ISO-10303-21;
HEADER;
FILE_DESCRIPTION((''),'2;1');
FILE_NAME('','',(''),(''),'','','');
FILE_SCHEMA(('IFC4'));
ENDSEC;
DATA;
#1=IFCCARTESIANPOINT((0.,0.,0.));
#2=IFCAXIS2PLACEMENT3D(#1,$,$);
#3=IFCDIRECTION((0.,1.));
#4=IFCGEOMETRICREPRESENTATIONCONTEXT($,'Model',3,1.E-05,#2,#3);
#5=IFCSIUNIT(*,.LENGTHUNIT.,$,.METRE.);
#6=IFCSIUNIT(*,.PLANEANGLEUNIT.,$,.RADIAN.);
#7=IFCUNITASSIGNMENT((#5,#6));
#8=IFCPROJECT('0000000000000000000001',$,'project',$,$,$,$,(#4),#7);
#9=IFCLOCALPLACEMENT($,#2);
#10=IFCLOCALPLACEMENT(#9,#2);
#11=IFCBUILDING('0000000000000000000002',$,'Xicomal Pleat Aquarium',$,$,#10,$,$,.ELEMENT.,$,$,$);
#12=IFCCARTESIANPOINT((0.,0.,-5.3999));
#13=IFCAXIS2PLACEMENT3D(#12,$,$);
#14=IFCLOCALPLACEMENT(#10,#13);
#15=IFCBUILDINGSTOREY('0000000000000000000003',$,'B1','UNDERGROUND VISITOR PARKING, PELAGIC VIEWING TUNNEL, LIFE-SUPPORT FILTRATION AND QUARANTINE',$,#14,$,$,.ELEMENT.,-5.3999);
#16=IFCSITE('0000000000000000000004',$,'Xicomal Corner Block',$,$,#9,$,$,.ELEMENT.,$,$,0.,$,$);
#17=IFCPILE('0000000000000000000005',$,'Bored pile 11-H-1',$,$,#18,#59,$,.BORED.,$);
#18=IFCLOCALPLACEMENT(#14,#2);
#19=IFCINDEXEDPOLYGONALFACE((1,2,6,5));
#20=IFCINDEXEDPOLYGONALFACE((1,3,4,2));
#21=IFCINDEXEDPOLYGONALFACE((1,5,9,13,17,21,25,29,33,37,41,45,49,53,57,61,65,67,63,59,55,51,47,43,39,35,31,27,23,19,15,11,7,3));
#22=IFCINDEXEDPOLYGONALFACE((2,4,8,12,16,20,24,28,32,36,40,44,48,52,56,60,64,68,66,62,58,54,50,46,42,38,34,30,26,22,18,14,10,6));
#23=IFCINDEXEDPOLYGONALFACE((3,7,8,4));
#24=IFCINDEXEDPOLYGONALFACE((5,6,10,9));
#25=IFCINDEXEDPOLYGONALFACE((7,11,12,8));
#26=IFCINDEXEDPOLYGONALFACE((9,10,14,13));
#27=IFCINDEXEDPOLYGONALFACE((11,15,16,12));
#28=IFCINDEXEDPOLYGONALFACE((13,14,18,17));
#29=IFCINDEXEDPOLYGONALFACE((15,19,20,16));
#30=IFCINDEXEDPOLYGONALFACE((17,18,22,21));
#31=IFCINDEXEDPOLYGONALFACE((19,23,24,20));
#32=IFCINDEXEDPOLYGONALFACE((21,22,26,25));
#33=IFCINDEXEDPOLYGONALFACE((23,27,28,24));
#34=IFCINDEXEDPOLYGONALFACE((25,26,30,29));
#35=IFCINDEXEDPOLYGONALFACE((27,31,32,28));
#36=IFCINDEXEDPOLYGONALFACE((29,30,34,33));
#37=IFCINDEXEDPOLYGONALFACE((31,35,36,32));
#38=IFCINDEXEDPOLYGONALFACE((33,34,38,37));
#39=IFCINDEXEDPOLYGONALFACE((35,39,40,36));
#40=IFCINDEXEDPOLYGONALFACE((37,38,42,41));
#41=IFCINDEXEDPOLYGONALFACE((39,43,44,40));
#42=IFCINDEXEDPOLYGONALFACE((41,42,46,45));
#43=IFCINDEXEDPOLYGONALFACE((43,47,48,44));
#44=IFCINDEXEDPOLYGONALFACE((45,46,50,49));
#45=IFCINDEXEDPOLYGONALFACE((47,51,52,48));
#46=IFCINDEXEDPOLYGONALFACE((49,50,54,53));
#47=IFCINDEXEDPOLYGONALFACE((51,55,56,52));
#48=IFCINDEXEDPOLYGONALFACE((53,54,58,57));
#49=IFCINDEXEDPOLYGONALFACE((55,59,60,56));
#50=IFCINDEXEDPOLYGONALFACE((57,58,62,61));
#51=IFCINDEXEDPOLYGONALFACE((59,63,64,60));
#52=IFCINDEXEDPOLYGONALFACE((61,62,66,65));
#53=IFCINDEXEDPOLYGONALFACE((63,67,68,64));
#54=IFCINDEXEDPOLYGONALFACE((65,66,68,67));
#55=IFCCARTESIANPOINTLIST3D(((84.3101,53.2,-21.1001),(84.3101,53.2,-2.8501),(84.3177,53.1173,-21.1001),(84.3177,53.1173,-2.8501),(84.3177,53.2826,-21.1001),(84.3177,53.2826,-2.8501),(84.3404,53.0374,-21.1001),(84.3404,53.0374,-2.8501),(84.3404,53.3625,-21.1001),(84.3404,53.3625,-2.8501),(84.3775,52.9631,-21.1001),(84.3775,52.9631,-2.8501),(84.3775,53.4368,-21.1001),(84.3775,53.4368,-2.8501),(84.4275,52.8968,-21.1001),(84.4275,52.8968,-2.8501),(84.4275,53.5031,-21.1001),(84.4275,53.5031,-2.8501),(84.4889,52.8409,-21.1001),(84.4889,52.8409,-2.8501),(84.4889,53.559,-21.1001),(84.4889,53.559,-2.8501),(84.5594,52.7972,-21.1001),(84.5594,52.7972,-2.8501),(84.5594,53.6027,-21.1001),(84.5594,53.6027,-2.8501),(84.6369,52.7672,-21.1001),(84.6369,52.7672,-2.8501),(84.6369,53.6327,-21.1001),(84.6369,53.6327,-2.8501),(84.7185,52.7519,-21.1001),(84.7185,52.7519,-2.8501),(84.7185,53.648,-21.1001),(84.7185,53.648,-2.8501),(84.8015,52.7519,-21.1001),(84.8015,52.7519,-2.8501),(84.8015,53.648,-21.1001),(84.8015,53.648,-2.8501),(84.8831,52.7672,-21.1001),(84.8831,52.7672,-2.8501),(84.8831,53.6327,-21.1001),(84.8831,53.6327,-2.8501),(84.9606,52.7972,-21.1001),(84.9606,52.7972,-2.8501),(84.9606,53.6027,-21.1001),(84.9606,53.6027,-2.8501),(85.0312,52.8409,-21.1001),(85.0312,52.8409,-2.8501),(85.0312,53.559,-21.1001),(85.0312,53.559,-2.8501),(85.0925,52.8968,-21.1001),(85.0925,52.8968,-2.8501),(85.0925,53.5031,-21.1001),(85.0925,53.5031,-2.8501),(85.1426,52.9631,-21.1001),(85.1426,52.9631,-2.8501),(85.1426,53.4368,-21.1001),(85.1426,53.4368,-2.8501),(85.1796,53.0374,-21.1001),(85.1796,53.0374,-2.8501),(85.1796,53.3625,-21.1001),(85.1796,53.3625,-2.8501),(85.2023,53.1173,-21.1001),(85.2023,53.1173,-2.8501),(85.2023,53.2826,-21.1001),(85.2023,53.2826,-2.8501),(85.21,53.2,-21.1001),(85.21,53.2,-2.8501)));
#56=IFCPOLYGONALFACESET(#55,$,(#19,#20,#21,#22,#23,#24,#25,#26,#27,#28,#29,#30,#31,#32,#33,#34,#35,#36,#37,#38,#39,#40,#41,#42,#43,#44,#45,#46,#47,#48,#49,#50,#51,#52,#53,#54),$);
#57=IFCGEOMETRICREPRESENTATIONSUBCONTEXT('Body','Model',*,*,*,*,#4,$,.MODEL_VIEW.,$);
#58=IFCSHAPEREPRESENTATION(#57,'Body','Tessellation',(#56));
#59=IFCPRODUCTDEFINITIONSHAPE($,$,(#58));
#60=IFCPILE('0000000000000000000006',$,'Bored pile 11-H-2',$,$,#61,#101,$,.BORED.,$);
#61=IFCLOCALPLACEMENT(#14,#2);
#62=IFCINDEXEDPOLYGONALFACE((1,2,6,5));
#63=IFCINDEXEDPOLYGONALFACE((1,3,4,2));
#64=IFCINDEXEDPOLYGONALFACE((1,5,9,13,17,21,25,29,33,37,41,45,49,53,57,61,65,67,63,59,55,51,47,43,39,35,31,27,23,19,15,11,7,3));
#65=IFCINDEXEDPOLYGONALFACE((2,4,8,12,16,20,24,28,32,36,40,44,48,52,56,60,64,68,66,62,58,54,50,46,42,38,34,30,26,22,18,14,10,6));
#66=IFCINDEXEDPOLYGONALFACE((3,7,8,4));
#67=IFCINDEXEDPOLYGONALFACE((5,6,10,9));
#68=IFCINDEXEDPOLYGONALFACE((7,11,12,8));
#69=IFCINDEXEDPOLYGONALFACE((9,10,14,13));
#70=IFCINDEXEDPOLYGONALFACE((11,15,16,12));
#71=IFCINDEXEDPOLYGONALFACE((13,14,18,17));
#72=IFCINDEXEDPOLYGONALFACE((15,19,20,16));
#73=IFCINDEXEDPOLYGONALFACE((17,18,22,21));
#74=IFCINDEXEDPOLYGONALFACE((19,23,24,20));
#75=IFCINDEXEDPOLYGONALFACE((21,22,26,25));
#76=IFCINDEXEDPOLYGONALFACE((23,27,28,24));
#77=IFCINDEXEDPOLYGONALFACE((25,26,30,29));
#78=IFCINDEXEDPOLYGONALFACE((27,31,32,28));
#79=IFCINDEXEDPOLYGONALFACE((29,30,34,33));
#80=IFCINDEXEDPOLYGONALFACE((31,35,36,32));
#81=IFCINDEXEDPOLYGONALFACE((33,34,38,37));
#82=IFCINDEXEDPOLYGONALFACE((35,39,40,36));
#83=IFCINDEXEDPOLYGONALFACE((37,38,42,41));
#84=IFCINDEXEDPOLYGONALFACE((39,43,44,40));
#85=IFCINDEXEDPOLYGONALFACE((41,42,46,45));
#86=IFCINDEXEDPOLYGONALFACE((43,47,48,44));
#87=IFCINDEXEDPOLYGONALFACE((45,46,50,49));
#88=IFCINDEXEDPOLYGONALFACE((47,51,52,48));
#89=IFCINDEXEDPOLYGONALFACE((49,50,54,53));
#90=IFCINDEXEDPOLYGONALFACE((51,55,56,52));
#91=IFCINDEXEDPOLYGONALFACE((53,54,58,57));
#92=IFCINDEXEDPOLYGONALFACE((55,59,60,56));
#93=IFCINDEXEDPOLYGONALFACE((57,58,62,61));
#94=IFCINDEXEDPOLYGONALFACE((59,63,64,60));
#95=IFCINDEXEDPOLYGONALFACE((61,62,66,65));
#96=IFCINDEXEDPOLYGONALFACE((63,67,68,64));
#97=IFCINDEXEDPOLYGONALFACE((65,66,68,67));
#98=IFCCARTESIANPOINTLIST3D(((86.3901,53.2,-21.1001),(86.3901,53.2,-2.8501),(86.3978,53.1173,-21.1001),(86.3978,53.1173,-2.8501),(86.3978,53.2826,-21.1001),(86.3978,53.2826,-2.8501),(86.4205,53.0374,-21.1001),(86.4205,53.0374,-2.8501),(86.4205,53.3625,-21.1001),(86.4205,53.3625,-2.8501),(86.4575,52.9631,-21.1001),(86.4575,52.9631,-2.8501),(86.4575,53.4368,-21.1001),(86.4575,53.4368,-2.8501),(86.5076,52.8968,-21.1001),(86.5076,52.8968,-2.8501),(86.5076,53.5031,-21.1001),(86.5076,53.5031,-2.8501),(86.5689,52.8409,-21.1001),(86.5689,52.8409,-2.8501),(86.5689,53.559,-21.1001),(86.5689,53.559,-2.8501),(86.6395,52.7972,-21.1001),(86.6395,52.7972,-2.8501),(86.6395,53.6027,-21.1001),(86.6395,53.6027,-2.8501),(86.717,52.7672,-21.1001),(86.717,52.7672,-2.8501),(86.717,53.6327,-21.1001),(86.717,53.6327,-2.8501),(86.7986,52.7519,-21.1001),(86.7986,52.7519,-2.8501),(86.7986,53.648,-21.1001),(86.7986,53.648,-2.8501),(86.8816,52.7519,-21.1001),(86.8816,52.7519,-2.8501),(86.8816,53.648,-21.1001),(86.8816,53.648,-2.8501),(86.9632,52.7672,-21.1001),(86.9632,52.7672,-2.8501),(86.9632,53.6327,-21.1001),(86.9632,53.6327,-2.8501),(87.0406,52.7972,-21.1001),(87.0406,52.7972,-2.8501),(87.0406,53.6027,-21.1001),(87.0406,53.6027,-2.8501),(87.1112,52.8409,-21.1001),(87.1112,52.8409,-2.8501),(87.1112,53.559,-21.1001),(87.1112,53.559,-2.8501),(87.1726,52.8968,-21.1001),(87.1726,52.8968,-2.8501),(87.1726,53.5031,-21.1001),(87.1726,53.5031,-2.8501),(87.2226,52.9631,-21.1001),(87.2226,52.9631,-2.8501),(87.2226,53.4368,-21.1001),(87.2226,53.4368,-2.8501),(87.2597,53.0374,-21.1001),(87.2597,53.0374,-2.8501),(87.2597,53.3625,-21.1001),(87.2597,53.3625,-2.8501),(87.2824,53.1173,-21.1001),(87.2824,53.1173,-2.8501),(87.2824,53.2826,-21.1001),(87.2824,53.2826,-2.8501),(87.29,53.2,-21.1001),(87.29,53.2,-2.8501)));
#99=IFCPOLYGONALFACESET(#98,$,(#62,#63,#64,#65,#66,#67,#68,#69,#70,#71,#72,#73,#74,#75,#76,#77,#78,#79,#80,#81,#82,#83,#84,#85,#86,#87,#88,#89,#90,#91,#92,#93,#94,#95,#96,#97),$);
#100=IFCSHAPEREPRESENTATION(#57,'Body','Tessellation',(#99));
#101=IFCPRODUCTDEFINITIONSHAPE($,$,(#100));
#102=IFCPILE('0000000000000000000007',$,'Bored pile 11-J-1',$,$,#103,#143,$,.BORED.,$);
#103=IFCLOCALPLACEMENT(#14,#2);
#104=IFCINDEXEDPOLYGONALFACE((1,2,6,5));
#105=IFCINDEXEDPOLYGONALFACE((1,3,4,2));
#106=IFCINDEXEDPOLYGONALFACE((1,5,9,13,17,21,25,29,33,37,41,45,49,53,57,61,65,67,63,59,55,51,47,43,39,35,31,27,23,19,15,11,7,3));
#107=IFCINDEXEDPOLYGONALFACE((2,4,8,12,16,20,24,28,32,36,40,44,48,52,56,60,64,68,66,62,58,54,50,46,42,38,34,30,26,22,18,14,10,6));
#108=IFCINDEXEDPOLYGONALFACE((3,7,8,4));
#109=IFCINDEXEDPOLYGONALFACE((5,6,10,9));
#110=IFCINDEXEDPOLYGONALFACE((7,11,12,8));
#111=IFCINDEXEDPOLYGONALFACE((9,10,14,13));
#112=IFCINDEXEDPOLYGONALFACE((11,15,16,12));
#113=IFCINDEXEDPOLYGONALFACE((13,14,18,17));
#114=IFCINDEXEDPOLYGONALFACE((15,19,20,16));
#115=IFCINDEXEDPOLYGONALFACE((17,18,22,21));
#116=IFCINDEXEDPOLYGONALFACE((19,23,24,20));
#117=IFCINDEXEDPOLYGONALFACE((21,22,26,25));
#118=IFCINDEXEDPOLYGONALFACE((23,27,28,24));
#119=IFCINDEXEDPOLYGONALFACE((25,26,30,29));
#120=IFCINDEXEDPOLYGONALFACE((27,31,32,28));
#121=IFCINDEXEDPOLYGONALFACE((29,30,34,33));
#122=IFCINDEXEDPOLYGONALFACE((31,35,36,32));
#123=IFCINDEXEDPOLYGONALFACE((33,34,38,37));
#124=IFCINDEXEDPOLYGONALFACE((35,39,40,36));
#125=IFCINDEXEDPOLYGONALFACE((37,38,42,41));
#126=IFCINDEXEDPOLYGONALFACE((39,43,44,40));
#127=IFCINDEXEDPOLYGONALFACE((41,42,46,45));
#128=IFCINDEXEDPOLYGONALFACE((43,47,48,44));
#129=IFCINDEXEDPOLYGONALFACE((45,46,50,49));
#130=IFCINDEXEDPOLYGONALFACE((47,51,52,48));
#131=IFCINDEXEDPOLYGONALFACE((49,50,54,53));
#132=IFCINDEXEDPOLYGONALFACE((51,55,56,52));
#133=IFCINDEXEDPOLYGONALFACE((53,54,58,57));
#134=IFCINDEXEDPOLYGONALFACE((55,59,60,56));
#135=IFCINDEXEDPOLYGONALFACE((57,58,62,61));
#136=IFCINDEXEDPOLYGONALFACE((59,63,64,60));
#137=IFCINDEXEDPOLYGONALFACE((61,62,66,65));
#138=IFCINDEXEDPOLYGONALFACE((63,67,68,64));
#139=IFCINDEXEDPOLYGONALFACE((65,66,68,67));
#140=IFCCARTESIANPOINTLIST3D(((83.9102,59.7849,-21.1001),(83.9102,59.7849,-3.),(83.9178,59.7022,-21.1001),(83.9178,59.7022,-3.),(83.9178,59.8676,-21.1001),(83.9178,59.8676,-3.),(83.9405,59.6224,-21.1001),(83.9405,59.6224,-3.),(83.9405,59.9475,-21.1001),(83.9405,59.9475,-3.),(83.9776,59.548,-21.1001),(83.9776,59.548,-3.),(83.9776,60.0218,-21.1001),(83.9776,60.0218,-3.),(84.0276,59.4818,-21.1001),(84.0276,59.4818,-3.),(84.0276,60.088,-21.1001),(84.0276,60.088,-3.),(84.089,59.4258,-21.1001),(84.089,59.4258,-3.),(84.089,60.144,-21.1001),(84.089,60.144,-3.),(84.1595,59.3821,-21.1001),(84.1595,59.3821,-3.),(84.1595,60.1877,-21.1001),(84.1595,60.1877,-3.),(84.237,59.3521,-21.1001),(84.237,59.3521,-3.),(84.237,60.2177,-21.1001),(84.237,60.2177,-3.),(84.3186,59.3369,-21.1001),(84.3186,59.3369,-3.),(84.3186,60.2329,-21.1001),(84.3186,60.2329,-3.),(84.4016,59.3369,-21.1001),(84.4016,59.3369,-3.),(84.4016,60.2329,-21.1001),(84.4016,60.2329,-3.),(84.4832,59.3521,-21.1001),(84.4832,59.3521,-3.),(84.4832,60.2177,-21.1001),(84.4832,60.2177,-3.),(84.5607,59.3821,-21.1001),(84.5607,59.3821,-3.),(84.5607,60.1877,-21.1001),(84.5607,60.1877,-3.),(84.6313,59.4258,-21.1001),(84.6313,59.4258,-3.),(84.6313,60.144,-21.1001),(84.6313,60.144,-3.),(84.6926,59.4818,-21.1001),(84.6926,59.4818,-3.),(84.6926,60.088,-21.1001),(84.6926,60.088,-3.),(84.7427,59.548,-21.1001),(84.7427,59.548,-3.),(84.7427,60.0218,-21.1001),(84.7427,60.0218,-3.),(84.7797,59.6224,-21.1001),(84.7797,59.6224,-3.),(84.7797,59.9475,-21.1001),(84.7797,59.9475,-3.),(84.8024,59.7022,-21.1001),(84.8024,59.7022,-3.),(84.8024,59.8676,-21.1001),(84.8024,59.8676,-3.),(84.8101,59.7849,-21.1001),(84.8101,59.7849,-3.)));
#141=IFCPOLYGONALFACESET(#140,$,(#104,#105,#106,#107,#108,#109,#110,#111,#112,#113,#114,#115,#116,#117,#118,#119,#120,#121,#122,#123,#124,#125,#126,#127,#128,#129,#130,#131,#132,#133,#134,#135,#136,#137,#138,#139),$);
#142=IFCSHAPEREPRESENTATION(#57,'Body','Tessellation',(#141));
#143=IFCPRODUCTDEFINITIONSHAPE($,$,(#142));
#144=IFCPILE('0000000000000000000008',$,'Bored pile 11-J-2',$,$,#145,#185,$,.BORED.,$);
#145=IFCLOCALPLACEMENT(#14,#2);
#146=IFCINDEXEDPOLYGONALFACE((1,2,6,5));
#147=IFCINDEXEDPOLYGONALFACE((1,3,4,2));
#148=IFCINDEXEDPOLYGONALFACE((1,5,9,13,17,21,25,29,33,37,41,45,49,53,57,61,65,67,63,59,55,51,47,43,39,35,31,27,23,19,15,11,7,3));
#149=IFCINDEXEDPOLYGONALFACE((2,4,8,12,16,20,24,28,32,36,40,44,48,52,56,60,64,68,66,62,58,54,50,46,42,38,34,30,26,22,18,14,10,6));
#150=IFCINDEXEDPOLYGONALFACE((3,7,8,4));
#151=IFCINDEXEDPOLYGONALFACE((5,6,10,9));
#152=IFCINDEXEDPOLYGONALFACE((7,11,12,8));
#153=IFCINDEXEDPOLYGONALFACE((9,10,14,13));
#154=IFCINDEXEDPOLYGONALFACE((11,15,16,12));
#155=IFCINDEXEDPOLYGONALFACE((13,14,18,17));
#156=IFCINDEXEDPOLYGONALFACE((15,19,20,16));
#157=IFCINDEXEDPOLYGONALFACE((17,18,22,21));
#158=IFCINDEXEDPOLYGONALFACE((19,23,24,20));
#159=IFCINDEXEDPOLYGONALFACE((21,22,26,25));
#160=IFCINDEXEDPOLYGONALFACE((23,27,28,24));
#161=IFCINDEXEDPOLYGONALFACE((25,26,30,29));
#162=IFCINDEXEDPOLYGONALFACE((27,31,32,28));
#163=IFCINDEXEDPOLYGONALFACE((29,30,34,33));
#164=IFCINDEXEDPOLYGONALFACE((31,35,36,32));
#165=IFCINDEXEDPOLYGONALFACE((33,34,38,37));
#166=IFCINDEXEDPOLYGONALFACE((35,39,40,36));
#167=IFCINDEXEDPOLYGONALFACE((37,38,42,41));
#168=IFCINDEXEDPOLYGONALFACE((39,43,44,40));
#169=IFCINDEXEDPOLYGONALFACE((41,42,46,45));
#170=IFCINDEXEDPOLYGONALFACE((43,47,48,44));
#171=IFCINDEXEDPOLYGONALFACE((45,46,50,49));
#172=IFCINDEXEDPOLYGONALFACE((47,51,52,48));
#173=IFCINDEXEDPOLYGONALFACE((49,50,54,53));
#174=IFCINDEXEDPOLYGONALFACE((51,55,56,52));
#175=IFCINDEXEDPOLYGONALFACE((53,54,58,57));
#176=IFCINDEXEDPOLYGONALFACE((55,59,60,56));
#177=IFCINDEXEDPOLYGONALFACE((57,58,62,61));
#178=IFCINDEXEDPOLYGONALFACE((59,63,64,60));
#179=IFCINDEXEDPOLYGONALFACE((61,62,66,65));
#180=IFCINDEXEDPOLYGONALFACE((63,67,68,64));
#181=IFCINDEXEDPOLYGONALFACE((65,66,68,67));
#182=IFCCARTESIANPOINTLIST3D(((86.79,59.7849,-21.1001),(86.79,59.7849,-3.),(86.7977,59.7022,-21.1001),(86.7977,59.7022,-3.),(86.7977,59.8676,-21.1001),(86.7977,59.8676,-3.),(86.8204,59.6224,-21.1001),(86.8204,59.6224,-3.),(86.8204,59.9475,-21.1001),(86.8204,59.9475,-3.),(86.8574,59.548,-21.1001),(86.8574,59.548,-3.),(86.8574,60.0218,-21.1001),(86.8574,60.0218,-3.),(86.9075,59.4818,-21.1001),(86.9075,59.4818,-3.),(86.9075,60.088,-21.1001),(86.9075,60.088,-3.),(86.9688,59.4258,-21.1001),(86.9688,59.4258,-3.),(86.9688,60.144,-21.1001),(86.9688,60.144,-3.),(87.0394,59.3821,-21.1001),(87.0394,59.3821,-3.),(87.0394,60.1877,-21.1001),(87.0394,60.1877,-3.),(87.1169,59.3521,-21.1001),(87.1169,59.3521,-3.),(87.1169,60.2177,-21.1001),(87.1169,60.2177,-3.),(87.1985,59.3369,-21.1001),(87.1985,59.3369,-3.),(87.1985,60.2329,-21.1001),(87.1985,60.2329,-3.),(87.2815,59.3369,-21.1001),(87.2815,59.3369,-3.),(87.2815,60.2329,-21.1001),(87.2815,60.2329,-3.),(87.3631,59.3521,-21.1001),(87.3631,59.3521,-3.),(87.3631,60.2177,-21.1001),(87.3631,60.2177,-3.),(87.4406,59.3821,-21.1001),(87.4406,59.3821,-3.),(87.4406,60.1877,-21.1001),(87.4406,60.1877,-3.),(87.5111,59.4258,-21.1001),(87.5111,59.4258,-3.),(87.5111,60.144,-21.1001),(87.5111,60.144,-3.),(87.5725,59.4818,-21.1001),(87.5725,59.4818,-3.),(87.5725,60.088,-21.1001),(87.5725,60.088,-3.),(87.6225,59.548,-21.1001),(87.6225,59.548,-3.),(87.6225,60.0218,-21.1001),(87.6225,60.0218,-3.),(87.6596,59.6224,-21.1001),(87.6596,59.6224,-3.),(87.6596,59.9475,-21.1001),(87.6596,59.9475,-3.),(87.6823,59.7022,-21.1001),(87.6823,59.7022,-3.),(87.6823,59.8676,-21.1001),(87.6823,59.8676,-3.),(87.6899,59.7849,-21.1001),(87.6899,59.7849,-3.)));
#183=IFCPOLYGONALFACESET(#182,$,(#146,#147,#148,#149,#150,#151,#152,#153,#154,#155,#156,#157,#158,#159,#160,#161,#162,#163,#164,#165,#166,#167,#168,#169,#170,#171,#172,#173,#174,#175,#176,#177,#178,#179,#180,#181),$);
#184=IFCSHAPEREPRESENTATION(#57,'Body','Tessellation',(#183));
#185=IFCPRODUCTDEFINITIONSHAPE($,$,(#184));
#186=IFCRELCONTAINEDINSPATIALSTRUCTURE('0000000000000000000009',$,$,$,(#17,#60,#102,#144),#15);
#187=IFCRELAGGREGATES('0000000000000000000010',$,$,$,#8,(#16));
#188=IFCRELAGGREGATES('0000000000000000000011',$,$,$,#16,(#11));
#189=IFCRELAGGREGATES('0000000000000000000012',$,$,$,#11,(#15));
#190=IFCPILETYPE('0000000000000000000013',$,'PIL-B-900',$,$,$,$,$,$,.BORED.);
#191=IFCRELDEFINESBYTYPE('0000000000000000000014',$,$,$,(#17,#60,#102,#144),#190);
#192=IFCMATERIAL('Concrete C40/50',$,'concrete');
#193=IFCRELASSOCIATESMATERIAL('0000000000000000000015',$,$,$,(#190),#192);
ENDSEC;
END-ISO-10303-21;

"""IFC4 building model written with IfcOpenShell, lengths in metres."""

from ifc_helpers import new_model, si_unit, direction, frame, origin, origin_2d, place, context, subcontext, project, spatial, circle, extrude, material, material_profile, profile_set, type_object, element, save


model = new_model("IFC4")

# Units and contexts
model_context = context("Model", 3, precision=1e-05, world=origin(), true_north=direction((0.0, 1.0)))
body_context = subcontext(model_context, "Body", "Model", "MODEL_VIEW")
ifc_project = project(units=[si_unit("LENGTHUNIT", "METRE"), si_unit("PLANEANGLEUNIT", "RADIAN")], contexts=[model_context])

# Site, building, storey
site_placement = place(None, origin())
site = spatial("IfcSite", under=ifc_project, at=site_placement, Name="Xicomal Corner Block", CompositionType="ELEMENT", RefElevation=0.0)
building_placement = place(site_placement, origin())
building = spatial("IfcBuilding", under=site, at=building_placement, Name="Xicomal Pleat Aquarium", CompositionType="ELEMENT")
storey_placement = place(building_placement, frame((0.0, 0.0, -5.3999)))
storey = spatial("IfcBuildingStorey", under=building, at=storey_placement, Name="B1", Description="UNDERGROUND VISITOR PARKING, PELAGIC VIEWING TUNNEL, LIFE-SUPPORT FILTRATION AND QUARANTINE", CompositionType="ELEMENT", Elevation=-5.3999)

# Piles
ifc_material_1 = material(Name="Concrete C40/50", Category="concrete")
ifc_material_profile_1 = material_profile(ifc_material_1, circle(Radius=0.45, at=origin_2d()), Name="BORED PILE D900")
ifc_profile_set_1 = profile_set([ifc_material_profile_1], Name="Concrete C40/50")
pile_type_1 = type_object("IfcPileType", Name="PIL-B-900", PredefinedType="BORED", material=ifc_profile_set_1)
for number, where, z_axis, x_axis, name in (
    (1, (84.76, 53.2, -2.8501), (0.0, 0.0, -1.0), (1.0, 0.0, 0.0), "Bored pile 11-H-1"),
    (2, (86.8401, 53.2, -2.8501), (0.0, 0.0, -1.0), (1.0, 0.0, 0.0), "Bored pile 11-H-2"),
):
    element("IfcPile", number, at=place(storey_placement, frame(where, z_axis=z_axis, x_axis=x_axis)), inside=storey, type_object=pile_type_1, Name=name, PredefinedType="BORED", context=body_context, shape_type="SweptSolid", body=[
        extrude(circle(Radius=0.45, at=origin_2d()), origin(), (0.0, 0.0, 1.0), 18.25),
    ])
for number, where, z_axis, x_axis, name in (
    (3, (84.3601, 59.7849, -3.0), (0.0, 0.0, -1.0), (1.0, 0.0, 0.0), "Bored pile 11-J-1"),
    (4, (87.24, 59.7849, -3.0), (0.0, 0.0, -1.0), (1.0, 0.0, 0.0), "Bored pile 11-J-2"),
):
    element("IfcPile", number, at=place(storey_placement, frame(where, z_axis=z_axis, x_axis=x_axis)), inside=storey, type_object=pile_type_1, Name=name, PredefinedType="BORED", context=body_context, shape_type="SweptSolid", body=[
        extrude(circle(Radius=0.45, at=origin_2d()), origin(), (0.0, 0.0, 1.0), 18.1001),
    ])

save(model, "model.ifc")
